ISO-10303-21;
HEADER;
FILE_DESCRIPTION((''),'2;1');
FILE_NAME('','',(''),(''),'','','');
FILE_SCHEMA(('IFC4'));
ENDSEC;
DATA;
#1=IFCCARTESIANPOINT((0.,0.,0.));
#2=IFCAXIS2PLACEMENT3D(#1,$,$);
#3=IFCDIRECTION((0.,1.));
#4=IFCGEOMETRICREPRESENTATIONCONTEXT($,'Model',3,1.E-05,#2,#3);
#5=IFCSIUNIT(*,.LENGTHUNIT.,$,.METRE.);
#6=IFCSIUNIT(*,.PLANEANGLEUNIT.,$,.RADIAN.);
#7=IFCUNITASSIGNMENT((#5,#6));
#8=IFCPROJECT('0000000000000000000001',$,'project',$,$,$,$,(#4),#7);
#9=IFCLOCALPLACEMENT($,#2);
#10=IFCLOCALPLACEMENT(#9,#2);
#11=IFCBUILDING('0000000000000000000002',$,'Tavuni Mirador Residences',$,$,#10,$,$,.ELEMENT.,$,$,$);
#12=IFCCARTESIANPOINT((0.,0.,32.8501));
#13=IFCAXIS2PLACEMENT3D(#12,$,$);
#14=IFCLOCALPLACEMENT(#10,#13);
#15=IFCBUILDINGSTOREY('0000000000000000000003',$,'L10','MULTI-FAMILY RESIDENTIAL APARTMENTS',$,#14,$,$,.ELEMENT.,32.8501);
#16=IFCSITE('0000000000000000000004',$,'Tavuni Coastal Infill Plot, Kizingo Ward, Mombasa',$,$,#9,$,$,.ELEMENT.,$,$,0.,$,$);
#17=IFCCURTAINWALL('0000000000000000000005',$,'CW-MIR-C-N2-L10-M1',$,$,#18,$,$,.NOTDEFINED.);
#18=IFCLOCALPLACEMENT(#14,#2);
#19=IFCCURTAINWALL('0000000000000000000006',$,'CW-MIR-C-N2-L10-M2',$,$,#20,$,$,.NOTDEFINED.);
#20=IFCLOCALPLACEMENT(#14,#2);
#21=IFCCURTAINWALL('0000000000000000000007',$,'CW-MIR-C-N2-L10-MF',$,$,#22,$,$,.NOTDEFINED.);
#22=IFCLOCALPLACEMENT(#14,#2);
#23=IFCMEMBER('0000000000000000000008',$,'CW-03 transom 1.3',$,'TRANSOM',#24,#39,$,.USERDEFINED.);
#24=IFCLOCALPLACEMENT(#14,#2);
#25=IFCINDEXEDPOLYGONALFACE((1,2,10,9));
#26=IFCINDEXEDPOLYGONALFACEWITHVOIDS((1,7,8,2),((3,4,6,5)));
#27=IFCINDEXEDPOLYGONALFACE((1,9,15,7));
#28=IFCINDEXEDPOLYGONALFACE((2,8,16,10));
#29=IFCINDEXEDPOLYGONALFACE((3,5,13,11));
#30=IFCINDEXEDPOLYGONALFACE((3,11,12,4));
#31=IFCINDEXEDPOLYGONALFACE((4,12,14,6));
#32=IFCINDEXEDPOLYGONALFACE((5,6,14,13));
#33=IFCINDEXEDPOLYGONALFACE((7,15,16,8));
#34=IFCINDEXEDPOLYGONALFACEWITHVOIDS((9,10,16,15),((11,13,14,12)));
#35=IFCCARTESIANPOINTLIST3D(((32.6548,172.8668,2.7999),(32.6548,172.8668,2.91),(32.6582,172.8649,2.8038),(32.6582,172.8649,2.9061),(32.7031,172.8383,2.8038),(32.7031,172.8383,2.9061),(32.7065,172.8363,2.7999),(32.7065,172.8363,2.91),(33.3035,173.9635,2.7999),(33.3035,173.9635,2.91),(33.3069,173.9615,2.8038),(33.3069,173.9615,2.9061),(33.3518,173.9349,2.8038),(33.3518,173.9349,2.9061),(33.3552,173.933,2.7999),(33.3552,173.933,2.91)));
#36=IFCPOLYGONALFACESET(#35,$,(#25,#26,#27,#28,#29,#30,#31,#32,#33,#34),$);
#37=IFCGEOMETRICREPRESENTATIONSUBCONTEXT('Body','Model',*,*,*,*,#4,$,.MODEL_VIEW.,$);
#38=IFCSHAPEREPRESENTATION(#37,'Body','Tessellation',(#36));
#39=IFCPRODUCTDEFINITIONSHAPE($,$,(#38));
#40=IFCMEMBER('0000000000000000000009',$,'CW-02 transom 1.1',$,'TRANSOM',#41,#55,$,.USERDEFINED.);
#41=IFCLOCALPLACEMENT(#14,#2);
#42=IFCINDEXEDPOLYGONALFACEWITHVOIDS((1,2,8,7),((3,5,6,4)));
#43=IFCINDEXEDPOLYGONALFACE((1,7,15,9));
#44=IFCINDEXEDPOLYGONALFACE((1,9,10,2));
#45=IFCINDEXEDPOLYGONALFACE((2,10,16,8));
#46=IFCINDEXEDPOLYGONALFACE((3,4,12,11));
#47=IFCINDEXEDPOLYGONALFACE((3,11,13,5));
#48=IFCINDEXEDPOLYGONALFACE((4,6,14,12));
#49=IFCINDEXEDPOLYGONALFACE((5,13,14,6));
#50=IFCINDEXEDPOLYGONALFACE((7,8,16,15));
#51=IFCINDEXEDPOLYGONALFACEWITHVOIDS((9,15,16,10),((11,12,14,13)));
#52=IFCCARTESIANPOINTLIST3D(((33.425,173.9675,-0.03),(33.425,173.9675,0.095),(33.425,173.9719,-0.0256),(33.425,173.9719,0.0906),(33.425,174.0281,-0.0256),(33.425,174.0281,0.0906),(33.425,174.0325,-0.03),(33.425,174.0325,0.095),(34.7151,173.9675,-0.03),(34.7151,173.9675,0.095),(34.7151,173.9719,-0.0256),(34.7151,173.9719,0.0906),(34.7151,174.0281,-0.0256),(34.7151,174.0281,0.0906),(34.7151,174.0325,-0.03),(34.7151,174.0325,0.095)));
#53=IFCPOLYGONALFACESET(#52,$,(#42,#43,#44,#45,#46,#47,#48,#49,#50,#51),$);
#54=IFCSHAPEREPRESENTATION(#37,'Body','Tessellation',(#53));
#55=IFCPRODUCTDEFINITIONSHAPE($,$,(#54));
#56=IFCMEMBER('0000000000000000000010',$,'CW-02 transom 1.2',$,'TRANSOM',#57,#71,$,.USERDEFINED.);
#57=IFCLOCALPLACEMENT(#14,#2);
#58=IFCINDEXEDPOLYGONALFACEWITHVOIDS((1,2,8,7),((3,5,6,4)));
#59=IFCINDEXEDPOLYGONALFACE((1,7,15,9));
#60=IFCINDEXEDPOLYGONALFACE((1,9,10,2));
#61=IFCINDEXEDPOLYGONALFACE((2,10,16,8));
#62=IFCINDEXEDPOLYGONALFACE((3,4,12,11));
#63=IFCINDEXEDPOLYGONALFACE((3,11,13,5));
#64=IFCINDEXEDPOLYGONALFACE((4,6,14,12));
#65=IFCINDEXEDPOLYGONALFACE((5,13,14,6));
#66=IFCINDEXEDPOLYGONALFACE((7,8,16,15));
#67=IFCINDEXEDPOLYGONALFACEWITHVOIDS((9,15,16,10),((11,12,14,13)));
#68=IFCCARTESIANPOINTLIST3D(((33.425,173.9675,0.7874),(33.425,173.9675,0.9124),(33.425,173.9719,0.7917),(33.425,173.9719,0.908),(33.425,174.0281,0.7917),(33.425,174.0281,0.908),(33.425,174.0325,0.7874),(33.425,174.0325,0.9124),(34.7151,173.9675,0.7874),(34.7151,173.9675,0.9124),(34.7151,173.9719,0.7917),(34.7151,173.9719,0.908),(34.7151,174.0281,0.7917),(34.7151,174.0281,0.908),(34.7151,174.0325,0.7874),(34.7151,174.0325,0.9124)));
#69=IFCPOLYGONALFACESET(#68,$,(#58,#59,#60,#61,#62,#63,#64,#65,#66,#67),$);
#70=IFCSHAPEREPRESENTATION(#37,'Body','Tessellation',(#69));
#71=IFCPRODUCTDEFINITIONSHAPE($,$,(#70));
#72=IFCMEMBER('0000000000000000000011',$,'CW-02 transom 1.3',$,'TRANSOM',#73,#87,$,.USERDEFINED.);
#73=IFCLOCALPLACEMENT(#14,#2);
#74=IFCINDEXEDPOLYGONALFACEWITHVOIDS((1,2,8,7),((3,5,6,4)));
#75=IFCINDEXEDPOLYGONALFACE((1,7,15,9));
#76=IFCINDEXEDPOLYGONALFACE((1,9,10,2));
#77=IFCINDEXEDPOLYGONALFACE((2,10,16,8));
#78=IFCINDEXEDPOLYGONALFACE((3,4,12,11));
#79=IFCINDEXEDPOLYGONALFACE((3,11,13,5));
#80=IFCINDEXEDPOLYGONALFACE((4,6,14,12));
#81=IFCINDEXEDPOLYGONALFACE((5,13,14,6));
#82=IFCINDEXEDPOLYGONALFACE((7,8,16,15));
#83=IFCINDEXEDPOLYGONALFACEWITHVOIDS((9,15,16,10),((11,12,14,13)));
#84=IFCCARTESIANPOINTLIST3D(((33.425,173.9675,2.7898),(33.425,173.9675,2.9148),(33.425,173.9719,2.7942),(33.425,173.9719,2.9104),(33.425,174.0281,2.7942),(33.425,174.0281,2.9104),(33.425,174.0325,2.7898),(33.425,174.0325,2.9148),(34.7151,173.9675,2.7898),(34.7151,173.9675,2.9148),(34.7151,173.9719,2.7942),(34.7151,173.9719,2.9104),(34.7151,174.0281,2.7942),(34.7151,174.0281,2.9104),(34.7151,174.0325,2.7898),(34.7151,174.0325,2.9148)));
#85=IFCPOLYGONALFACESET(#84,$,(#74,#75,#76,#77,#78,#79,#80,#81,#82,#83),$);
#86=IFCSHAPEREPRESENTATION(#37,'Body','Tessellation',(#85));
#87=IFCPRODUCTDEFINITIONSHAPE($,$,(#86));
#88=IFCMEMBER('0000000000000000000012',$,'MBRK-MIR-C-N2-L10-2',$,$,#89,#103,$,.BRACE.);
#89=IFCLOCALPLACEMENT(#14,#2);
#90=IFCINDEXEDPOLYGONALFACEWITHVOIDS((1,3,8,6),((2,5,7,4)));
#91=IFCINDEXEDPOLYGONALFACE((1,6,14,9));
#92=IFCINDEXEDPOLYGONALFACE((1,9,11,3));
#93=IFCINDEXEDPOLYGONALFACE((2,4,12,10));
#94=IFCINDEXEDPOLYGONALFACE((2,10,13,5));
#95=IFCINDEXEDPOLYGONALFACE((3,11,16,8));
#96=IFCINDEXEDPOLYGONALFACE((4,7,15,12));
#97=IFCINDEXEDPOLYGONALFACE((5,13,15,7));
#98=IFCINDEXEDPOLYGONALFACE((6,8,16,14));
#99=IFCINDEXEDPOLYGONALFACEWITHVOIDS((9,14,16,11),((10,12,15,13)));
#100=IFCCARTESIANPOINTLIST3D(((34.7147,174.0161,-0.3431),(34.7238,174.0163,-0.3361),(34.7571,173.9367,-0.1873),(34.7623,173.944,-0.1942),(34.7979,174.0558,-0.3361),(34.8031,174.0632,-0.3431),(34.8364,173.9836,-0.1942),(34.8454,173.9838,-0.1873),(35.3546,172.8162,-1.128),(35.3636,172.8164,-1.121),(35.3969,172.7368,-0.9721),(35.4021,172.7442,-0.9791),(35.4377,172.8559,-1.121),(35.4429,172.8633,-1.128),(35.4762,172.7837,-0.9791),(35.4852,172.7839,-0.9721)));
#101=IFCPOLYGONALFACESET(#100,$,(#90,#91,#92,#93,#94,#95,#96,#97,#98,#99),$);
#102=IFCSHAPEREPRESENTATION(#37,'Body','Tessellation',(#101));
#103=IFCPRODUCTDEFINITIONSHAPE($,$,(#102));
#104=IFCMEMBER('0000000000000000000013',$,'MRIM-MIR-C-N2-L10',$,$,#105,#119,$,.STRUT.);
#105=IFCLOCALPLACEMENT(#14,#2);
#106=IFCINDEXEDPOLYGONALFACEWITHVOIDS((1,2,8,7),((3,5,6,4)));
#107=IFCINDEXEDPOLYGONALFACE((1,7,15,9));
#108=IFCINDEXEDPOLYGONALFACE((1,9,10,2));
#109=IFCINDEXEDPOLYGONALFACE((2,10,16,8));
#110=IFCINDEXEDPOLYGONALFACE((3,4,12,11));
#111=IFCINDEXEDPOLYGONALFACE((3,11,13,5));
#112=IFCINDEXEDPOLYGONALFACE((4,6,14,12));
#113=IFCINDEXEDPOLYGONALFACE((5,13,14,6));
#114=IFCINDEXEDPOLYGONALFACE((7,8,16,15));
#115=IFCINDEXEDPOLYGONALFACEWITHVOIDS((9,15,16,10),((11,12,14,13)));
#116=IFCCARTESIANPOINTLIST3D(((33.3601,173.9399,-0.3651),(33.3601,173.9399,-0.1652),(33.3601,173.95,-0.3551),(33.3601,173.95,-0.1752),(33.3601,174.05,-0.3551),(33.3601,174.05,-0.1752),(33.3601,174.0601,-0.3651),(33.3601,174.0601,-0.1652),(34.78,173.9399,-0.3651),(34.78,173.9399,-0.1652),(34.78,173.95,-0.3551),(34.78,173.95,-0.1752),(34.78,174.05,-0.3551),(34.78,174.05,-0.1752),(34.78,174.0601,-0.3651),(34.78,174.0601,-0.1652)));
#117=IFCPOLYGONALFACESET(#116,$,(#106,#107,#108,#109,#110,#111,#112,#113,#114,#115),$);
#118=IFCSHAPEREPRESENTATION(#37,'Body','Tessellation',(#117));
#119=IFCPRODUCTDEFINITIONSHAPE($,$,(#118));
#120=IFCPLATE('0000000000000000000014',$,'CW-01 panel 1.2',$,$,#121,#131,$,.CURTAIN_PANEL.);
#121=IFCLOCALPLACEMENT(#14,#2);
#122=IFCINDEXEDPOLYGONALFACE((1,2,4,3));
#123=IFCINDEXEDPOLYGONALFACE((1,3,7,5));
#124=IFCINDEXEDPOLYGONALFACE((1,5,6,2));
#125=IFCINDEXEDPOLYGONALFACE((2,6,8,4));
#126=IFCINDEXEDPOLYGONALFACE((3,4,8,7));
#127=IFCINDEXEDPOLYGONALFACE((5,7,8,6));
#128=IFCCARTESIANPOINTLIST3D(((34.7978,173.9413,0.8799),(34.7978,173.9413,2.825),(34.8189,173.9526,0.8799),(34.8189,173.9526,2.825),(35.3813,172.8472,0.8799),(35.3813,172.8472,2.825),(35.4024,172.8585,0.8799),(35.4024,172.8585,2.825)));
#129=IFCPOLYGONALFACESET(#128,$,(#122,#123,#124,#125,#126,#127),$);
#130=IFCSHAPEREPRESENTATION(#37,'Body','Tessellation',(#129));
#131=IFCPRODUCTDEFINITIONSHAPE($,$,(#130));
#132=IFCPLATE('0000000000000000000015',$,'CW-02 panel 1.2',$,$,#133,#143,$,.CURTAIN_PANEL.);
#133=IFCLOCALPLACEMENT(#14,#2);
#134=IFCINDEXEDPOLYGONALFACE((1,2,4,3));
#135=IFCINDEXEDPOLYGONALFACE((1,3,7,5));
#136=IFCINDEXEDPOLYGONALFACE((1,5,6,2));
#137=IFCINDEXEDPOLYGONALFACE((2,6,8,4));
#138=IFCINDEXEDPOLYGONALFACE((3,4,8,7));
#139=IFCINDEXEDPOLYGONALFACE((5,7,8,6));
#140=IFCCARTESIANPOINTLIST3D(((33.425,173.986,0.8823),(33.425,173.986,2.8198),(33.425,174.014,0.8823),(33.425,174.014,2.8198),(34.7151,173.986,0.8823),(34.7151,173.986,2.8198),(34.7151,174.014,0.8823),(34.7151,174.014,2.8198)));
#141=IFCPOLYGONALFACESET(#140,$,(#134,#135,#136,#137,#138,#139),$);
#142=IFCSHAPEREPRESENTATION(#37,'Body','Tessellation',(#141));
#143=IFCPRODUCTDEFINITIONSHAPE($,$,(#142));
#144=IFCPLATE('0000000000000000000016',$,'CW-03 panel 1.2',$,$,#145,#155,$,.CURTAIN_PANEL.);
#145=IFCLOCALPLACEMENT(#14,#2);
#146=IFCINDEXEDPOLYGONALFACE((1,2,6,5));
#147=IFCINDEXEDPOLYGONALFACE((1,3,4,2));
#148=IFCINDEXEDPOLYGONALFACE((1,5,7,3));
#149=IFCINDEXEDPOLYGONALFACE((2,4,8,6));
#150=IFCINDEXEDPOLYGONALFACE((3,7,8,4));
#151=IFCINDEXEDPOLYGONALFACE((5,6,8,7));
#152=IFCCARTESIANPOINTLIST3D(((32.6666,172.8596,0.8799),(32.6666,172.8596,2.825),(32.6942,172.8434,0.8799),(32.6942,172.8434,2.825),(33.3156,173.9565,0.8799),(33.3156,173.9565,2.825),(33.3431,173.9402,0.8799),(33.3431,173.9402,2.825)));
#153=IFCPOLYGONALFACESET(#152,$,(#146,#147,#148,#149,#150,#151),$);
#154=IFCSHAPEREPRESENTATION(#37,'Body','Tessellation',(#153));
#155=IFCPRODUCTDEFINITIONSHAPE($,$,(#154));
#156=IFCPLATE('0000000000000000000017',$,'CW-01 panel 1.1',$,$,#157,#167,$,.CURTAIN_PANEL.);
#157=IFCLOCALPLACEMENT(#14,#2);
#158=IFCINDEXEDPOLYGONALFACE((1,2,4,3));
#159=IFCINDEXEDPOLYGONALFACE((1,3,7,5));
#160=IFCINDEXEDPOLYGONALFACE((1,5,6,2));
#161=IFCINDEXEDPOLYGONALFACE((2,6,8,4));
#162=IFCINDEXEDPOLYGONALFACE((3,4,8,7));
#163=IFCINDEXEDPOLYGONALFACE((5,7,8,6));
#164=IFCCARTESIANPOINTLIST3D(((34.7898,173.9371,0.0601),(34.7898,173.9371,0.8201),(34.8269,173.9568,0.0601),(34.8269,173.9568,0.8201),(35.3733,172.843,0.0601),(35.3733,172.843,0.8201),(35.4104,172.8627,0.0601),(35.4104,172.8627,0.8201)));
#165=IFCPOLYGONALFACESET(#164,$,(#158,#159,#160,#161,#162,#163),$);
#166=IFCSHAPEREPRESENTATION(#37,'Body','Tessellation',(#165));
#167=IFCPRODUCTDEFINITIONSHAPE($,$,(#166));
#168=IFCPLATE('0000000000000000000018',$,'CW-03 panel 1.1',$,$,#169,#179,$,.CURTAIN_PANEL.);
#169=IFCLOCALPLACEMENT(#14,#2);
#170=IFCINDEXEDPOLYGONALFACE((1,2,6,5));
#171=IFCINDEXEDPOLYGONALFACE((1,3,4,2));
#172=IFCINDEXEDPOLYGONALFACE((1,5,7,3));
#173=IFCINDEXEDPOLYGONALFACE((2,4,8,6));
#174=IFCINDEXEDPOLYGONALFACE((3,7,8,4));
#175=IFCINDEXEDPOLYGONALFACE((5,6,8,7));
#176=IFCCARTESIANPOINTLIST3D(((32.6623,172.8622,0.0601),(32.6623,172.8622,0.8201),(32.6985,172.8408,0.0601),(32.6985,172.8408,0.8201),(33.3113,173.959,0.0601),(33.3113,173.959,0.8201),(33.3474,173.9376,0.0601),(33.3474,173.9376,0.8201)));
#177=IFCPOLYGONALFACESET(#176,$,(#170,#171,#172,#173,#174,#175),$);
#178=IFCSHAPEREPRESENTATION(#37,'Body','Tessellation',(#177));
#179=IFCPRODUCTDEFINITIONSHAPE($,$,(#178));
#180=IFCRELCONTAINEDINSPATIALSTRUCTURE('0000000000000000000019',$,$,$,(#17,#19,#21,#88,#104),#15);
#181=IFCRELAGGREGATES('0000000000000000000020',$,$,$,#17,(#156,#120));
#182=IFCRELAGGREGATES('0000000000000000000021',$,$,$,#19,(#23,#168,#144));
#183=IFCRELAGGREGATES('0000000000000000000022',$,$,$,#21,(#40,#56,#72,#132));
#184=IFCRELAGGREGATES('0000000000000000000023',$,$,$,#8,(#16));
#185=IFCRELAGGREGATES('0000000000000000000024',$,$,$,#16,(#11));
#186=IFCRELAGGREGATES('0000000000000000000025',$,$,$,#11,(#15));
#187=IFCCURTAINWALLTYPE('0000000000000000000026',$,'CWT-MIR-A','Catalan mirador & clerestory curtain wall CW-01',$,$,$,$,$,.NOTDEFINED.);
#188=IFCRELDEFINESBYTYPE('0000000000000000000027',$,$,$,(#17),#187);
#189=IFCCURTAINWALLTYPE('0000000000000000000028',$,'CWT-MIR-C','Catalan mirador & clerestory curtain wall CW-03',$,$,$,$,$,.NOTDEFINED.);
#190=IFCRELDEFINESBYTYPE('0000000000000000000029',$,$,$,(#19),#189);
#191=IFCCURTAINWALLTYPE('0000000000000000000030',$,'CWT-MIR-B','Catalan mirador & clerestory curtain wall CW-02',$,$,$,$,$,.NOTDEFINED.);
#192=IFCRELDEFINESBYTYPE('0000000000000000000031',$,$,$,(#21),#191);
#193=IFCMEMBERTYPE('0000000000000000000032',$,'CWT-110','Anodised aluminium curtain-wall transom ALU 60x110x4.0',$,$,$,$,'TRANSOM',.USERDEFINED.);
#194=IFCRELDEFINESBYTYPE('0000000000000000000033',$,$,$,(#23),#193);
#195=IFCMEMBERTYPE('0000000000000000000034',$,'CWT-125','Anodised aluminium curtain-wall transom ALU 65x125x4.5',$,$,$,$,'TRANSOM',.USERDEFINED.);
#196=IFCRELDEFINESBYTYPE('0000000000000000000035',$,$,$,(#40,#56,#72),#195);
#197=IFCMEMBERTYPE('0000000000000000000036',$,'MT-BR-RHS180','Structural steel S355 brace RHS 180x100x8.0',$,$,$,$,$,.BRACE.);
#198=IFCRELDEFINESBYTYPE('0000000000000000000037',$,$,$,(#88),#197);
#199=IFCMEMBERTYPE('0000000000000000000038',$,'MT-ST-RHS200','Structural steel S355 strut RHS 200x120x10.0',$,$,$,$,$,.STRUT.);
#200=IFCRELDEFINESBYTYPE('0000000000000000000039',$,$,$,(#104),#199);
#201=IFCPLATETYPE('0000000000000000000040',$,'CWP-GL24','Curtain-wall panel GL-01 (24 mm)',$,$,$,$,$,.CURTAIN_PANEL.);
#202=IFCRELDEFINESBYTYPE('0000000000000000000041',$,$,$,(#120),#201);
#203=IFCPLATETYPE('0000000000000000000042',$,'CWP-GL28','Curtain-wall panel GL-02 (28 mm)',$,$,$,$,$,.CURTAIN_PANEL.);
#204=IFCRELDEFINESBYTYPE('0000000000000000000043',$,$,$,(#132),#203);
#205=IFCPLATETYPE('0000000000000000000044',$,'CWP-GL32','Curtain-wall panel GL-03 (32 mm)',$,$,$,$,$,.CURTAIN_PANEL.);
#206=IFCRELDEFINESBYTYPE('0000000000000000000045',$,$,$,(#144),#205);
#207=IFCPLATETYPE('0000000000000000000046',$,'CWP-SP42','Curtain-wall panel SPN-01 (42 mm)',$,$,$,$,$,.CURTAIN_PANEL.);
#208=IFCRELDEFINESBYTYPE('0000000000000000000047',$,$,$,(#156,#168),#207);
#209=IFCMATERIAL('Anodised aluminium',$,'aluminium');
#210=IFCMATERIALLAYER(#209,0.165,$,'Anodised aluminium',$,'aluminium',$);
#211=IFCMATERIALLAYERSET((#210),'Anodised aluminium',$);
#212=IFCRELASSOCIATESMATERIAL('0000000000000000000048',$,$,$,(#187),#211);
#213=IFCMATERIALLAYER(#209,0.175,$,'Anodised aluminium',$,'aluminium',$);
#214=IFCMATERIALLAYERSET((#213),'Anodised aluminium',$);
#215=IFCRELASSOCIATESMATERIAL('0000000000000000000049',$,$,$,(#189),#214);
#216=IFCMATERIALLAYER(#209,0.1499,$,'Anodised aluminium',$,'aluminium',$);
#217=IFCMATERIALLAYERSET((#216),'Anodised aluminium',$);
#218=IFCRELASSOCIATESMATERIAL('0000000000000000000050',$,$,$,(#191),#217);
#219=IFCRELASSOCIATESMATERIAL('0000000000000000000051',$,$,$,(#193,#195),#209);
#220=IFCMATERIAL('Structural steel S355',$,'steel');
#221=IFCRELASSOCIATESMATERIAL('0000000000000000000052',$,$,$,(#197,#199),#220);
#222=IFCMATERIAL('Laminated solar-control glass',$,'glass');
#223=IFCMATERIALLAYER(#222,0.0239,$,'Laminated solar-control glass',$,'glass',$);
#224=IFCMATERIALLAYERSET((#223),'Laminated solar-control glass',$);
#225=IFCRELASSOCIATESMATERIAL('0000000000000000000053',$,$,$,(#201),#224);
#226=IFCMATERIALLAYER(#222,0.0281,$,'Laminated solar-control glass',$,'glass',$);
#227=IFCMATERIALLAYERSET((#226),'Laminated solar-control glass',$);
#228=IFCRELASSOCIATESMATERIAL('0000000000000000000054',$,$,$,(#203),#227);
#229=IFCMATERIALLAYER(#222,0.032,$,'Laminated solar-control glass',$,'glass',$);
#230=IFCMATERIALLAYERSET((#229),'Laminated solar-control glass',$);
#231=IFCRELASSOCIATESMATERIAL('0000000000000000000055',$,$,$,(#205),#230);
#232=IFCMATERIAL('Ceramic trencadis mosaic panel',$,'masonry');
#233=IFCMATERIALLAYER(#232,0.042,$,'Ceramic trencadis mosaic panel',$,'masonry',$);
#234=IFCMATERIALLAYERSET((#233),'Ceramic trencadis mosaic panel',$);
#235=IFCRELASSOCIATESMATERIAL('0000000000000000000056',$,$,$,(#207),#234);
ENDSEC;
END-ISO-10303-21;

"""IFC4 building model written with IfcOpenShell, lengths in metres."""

from ifc_helpers import new_model, si_unit, direction, frame, origin, origin_2d, place, context, subcontext, project, spatial, rectangle, hollow_rectangle, extrude, material, layer, layer_set, material_profile, profile_set, type_object, element, aggregate, save


model = new_model("IFC4")

# Units and contexts
model_context = context("Model", 3, precision=1e-05, world=origin(), true_north=direction((0.0, 1.0)))
body_context = subcontext(model_context, "Body", "Model", "MODEL_VIEW")
ifc_project = project(units=[si_unit("LENGTHUNIT", "METRE"), si_unit("PLANEANGLEUNIT", "RADIAN")], contexts=[model_context])

# Site, building, storey
site_placement = place(None, origin())
site = spatial("IfcSite", under=ifc_project, at=site_placement, Name="Tavuni Coastal Infill Plot, Kizingo Ward, Mombasa", CompositionType="ELEMENT", RefElevation=0.0)
building_placement = place(site_placement, origin())
building = spatial("IfcBuilding", under=site, at=building_placement, Name="Tavuni Mirador Residences", CompositionType="ELEMENT")
storey_placement = place(building_placement, frame((0.0, 0.0, 32.8501)))
storey = spatial("IfcBuildingStorey", under=building, at=storey_placement, Name="L10", Description="MULTI-FAMILY RESIDENTIAL APARTMENTS", CompositionType="ELEMENT", Elevation=32.8501)

# Curtain wall
ifc_material_1 = material(Name="Anodised aluminium", Category="aluminium")
ifc_layer_1 = layer(ifc_material_1, 0.165, Name="Anodised aluminium", Category="aluminium")
ifc_layer_set_1 = layer_set([ifc_layer_1], Name="Anodised aluminium")
curtain_wall_type_1 = type_object("IfcCurtainWallType", Name="CWT-MIR-A", Description="Catalan mirador & clerestory curtain wall CW-01", PredefinedType="NOTDEFINED", material=ifc_layer_set_1)
curtain_wall_1_placement = place(storey_placement, origin())
curtain_wall_1 = element("IfcCurtainWall", 1, at=curtain_wall_1_placement, inside=storey, type_object=curtain_wall_type_1, Name="CW-MIR-C-N2-L10-M1", PredefinedType="NOTDEFINED")

# Curtain wall
ifc_layer_2 = layer(ifc_material_1, 0.175, Name="Anodised aluminium", Category="aluminium")
ifc_layer_set_2 = layer_set([ifc_layer_2], Name="Anodised aluminium")
curtain_wall_type_2 = type_object("IfcCurtainWallType", Name="CWT-MIR-C", Description="Catalan mirador & clerestory curtain wall CW-03", PredefinedType="NOTDEFINED", material=ifc_layer_set_2)
curtain_wall_2_placement = place(storey_placement, origin())
curtain_wall_2 = element("IfcCurtainWall", 2, at=curtain_wall_2_placement, inside=storey, type_object=curtain_wall_type_2, Name="CW-MIR-C-N2-L10-M2", PredefinedType="NOTDEFINED")

# Curtain wall
ifc_layer_3 = layer(ifc_material_1, 0.1499, Name="Anodised aluminium", Category="aluminium")
ifc_layer_set_3 = layer_set([ifc_layer_3], Name="Anodised aluminium")
curtain_wall_type_3 = type_object("IfcCurtainWallType", Name="CWT-MIR-B", Description="Catalan mirador & clerestory curtain wall CW-02", PredefinedType="NOTDEFINED", material=ifc_layer_set_3)
curtain_wall_3_placement = place(storey_placement, origin())
curtain_wall_3 = element("IfcCurtainWall", 3, at=curtain_wall_3_placement, inside=storey, type_object=curtain_wall_type_3, Name="CW-MIR-C-N2-L10-MF", PredefinedType="NOTDEFINED")

# Members
ifc_material_profile_1 = material_profile(ifc_material_1, hollow_rectangle(XDim=0.0601, YDim=0.1101, WallThickness=0.0039, at=origin_2d()), Name="ALU 60x110x4.0", Category="aluminium")
ifc_profile_set_1 = profile_set([ifc_material_profile_1], Name="Anodised aluminium")
member_type_1 = type_object("IfcMemberType", Name="CWT-110", Description="Anodised aluminium curtain-wall transom ALU 60x110x4.0", ElementType="TRANSOM", PredefinedType="USERDEFINED", material=ifc_profile_set_1)
member_1_placement = place(storey_placement, frame((33.3293, 173.9482, 2.855), z_axis=(-0.509104, -0.860705, 0.0), x_axis=(0.860705, -0.509104, 0.0)))
member_1 = element("IfcMember", 4, at=member_1_placement, type_object=member_type_1, Name="CW-03 transom 1.3", ObjectType="TRANSOM", PredefinedType="USERDEFINED", context=body_context, shape_type="SweptSolid", body=[
    extrude(hollow_rectangle(XDim=0.0601, YDim=0.1101, WallThickness=0.0039, at=origin_2d()), origin(), (0.0, 0.0, 1.0), 1.2742),
])
ifc_material_profile_2 = material_profile(ifc_material_1, hollow_rectangle(XDim=0.0649, YDim=0.125, WallThickness=0.0044, at=origin_2d()), Name="ALU 65x125x4.5", Category="aluminium")
ifc_profile_set_2 = profile_set([ifc_material_profile_2], Name="Anodised aluminium")
member_type_2 = type_object("IfcMemberType", Name="CWT-125", Description="Anodised aluminium curtain-wall transom ALU 65x125x4.5", ElementType="TRANSOM", PredefinedType="USERDEFINED", material=ifc_profile_set_2)
member_2_placement = place(storey_placement, frame((34.7151, 174.0, 0.0325), z_axis=(-1.0, 0.0, 0.0), x_axis=(0.0, -1.0, 0.0)))
member_2 = element("IfcMember", 5, at=member_2_placement, type_object=member_type_2, Name="CW-02 transom 1.1", ObjectType="TRANSOM", PredefinedType="USERDEFINED", context=body_context, shape_type="SweptSolid", body=[
    extrude(hollow_rectangle(XDim=0.0649, YDim=0.125, WallThickness=0.0044, at=origin_2d()), origin(), (0.0, 0.0, 1.0), 1.29),
])
member_3_placement = place(storey_placement, frame((34.7151, 174.0, 0.8499), z_axis=(-1.0, 0.0, 0.0), x_axis=(0.0, -1.0, 0.0)))
member_3 = element("IfcMember", 6, at=member_3_placement, type_object=member_type_2, Name="CW-02 transom 1.2", ObjectType="TRANSOM", PredefinedType="USERDEFINED", context=body_context, shape_type="SweptSolid", body=[
    extrude(hollow_rectangle(XDim=0.0649, YDim=0.125, WallThickness=0.0044, at=origin_2d()), origin(), (0.0, 0.0, 1.0), 1.29),
])
member_4_placement = place(storey_placement, frame((34.7151, 174.0, 2.8523), z_axis=(-1.0, 0.0, 0.0), x_axis=(0.0, -1.0, 0.0)))
member_4 = element("IfcMember", 7, at=member_4_placement, type_object=member_type_2, Name="CW-02 transom 1.3", ObjectType="TRANSOM", PredefinedType="USERDEFINED", context=body_context, shape_type="SweptSolid", body=[
    extrude(hollow_rectangle(XDim=0.0649, YDim=0.125, WallThickness=0.0044, at=origin_2d()), origin(), (0.0, 0.0, 1.0), 1.29),
])

# Members
ifc_material_2 = material(Name="Structural steel S355", Category="steel")
ifc_material_profile_3 = material_profile(ifc_material_2, hollow_rectangle(XDim=0.1001, YDim=0.1799, WallThickness=0.0081, at=origin_2d()), Name="RHS 180x100x8.0", Category="steel")
ifc_profile_set_3 = profile_set([ifc_material_profile_3], Name="Structural steel S355")
member_type_3 = type_object("IfcMemberType", Name="MT-BR-RHS180", Description="Structural steel S355 brace RHS 180x100x8.0", PredefinedType="BRACE", material=ifc_profile_set_3)
member_5_placement = place(storey_placement, frame((35.4199, 172.8, -1.05), z_axis=(-0.407531, 0.764218, 0.49989), x_axis=(-0.882378, -0.470542, 0.0)))
element("IfcMember", 8, at=member_5_placement, inside=storey, type_object=member_type_3, Name="MBRK-MIR-C-N2-L10-2", PredefinedType="BRACE", context=body_context, shape_type="SweptSolid", body=[
    extrude(hollow_rectangle(XDim=0.1001, YDim=0.1799, WallThickness=0.0081, at=origin_2d()), origin(), (0.0, 0.0, 1.0), 1.5701),
])
ifc_material_profile_4 = material_profile(ifc_material_2, hollow_rectangle(XDim=0.1201, YDim=0.2, WallThickness=0.01, at=origin_2d()), Name="RHS 200x120x10.0", Category="steel")
ifc_profile_set_4 = profile_set([ifc_material_profile_4], Name="Structural steel S355")
member_type_4 = type_object("IfcMemberType", Name="MT-ST-RHS200", Description="Structural steel S355 strut RHS 200x120x10.0", PredefinedType="STRUT", material=ifc_profile_set_4)
member_6_placement = place(storey_placement, frame((33.3601, 174.0, -0.2651), z_axis=(1.0, 0.0, 0.0), x_axis=(0.0, 1.0, 0.0)))
element("IfcMember", 9, at=member_6_placement, inside=storey, type_object=member_type_4, Name="MRIM-MIR-C-N2-L10", PredefinedType="STRUT", context=body_context, shape_type="SweptSolid", body=[
    extrude(hollow_rectangle(XDim=0.1201, YDim=0.2, WallThickness=0.01, at=origin_2d()), origin(), (0.0, 0.0, 1.0), 1.4199),
])

# Plates
ifc_material_3 = material(Name="Laminated solar-control glass", Category="glass")
ifc_layer_4 = layer(ifc_material_3, 0.0239, Name="Laminated solar-control glass", Category="glass")
ifc_layer_set_4 = layer_set([ifc_layer_4], Name="Laminated solar-control glass")
plate_type_1 = type_object("IfcPlateType", Name="CWP-GL24", Description="Curtain-wall panel GL-01 (24 mm)", PredefinedType="CURTAIN_PANEL", material=ifc_layer_set_4)
plate_1_placement = place(storey_placement, frame((35.1001, 173.3999, 0.8799), z_axis=(0.0, 0.0, 1.0), x_axis=(-0.470588, 0.882353, 0.0)))
plate_1 = element("IfcPlate", 10, at=plate_1_placement, type_object=plate_type_1, Name="CW-01 panel 1.2", PredefinedType="CURTAIN_PANEL", context=body_context, shape_type="SweptSolid", body=[
    extrude(rectangle(XDim=1.24, YDim=0.0239, at=origin_2d()), origin(), (0.0, 0.0, 1.0), 1.9451),
])
ifc_layer_5 = layer(ifc_material_3, 0.0281, Name="Laminated solar-control glass", Category="glass")
ifc_layer_set_5 = layer_set([ifc_layer_5], Name="Laminated solar-control glass")
plate_type_2 = type_object("IfcPlateType", Name="CWP-GL28", Description="Curtain-wall panel GL-02 (28 mm)", PredefinedType="CURTAIN_PANEL", material=ifc_layer_set_5)
plate_2_placement = place(storey_placement, frame((34.0701, 174.0, 0.8823), z_axis=(0.0, 0.0, 1.0), x_axis=(-1.0, 0.0, 0.0)))
plate_2 = element("IfcPlate", 11, at=plate_2_placement, type_object=plate_type_2, Name="CW-02 panel 1.2", PredefinedType="CURTAIN_PANEL", context=body_context, shape_type="SweptSolid", body=[
    extrude(rectangle(XDim=1.29, YDim=0.0281, at=origin_2d()), origin(), (0.0, 0.0, 1.0), 1.9375),
])
ifc_layer_6 = layer(ifc_material_3, 0.032, Name="Laminated solar-control glass", Category="glass")
ifc_layer_set_6 = layer_set([ifc_layer_6], Name="Laminated solar-control glass")
plate_type_3 = type_object("IfcPlateType", Name="CWP-GL32", Description="Curtain-wall panel GL-03 (32 mm)", PredefinedType="CURTAIN_PANEL", material=ifc_layer_set_6)
plate_3_placement = place(storey_placement, frame((33.0049, 173.3999, 0.8799), z_axis=(0.0, 0.0, 1.0), x_axis=(-0.509212, -0.860641, 0.0)))
plate_3 = element("IfcPlate", 12, at=plate_3_placement, type_object=plate_type_3, Name="CW-03 panel 1.2", PredefinedType="CURTAIN_PANEL", context=body_context, shape_type="SweptSolid", body=[
    extrude(rectangle(XDim=1.2744, YDim=0.032, at=origin_2d()), origin(), (0.0, 0.0, 1.0), 1.9451),
])
ifc_material_4 = material(Name="Ceramic trencadis mosaic panel", Category="masonry")
ifc_layer_7 = layer(ifc_material_4, 0.042, Name="Ceramic trencadis mosaic panel", Category="masonry")
ifc_layer_set_7 = layer_set([ifc_layer_7], Name="Ceramic trencadis mosaic panel")
plate_type_4 = type_object("IfcPlateType", Name="CWP-SP42", Description="Curtain-wall panel SPN-01 (42 mm)", PredefinedType="CURTAIN_PANEL", material=ifc_layer_set_7)
plate_4_placement = place(storey_placement, frame((35.1001, 173.3999, 0.0601), z_axis=(0.0, 0.0, 1.0), x_axis=(-0.470588, 0.882353, 0.0)))
plate_4 = element("IfcPlate", 13, at=plate_4_placement, type_object=plate_type_4, Name="CW-01 panel 1.1", PredefinedType="CURTAIN_PANEL", context=body_context, shape_type="SweptSolid", body=[
    extrude(rectangle(XDim=1.24, YDim=0.042, at=origin_2d()), origin(), (0.0, 0.0, 1.0), 0.76),
])
aggregate(curtain_wall_1, [plate_4, plate_1])
plate_5_placement = place(storey_placement, frame((33.0049, 173.3999, 0.0601), z_axis=(0.0, 0.0, 1.0), x_axis=(-0.509212, -0.860641, 0.0)))
plate_5 = element("IfcPlate", 14, at=plate_5_placement, type_object=plate_type_4, Name="CW-03 panel 1.1", PredefinedType="CURTAIN_PANEL", context=body_context, shape_type="SweptSolid", body=[
    extrude(rectangle(XDim=1.2744, YDim=0.042, at=origin_2d()), origin(), (0.0, 0.0, 1.0), 0.76),
])
aggregate(curtain_wall_2, [member_1, plate_5, plate_3])
aggregate(curtain_wall_3, [member_2, member_3, member_4, plate_2])

save(model, "model.ifc")
